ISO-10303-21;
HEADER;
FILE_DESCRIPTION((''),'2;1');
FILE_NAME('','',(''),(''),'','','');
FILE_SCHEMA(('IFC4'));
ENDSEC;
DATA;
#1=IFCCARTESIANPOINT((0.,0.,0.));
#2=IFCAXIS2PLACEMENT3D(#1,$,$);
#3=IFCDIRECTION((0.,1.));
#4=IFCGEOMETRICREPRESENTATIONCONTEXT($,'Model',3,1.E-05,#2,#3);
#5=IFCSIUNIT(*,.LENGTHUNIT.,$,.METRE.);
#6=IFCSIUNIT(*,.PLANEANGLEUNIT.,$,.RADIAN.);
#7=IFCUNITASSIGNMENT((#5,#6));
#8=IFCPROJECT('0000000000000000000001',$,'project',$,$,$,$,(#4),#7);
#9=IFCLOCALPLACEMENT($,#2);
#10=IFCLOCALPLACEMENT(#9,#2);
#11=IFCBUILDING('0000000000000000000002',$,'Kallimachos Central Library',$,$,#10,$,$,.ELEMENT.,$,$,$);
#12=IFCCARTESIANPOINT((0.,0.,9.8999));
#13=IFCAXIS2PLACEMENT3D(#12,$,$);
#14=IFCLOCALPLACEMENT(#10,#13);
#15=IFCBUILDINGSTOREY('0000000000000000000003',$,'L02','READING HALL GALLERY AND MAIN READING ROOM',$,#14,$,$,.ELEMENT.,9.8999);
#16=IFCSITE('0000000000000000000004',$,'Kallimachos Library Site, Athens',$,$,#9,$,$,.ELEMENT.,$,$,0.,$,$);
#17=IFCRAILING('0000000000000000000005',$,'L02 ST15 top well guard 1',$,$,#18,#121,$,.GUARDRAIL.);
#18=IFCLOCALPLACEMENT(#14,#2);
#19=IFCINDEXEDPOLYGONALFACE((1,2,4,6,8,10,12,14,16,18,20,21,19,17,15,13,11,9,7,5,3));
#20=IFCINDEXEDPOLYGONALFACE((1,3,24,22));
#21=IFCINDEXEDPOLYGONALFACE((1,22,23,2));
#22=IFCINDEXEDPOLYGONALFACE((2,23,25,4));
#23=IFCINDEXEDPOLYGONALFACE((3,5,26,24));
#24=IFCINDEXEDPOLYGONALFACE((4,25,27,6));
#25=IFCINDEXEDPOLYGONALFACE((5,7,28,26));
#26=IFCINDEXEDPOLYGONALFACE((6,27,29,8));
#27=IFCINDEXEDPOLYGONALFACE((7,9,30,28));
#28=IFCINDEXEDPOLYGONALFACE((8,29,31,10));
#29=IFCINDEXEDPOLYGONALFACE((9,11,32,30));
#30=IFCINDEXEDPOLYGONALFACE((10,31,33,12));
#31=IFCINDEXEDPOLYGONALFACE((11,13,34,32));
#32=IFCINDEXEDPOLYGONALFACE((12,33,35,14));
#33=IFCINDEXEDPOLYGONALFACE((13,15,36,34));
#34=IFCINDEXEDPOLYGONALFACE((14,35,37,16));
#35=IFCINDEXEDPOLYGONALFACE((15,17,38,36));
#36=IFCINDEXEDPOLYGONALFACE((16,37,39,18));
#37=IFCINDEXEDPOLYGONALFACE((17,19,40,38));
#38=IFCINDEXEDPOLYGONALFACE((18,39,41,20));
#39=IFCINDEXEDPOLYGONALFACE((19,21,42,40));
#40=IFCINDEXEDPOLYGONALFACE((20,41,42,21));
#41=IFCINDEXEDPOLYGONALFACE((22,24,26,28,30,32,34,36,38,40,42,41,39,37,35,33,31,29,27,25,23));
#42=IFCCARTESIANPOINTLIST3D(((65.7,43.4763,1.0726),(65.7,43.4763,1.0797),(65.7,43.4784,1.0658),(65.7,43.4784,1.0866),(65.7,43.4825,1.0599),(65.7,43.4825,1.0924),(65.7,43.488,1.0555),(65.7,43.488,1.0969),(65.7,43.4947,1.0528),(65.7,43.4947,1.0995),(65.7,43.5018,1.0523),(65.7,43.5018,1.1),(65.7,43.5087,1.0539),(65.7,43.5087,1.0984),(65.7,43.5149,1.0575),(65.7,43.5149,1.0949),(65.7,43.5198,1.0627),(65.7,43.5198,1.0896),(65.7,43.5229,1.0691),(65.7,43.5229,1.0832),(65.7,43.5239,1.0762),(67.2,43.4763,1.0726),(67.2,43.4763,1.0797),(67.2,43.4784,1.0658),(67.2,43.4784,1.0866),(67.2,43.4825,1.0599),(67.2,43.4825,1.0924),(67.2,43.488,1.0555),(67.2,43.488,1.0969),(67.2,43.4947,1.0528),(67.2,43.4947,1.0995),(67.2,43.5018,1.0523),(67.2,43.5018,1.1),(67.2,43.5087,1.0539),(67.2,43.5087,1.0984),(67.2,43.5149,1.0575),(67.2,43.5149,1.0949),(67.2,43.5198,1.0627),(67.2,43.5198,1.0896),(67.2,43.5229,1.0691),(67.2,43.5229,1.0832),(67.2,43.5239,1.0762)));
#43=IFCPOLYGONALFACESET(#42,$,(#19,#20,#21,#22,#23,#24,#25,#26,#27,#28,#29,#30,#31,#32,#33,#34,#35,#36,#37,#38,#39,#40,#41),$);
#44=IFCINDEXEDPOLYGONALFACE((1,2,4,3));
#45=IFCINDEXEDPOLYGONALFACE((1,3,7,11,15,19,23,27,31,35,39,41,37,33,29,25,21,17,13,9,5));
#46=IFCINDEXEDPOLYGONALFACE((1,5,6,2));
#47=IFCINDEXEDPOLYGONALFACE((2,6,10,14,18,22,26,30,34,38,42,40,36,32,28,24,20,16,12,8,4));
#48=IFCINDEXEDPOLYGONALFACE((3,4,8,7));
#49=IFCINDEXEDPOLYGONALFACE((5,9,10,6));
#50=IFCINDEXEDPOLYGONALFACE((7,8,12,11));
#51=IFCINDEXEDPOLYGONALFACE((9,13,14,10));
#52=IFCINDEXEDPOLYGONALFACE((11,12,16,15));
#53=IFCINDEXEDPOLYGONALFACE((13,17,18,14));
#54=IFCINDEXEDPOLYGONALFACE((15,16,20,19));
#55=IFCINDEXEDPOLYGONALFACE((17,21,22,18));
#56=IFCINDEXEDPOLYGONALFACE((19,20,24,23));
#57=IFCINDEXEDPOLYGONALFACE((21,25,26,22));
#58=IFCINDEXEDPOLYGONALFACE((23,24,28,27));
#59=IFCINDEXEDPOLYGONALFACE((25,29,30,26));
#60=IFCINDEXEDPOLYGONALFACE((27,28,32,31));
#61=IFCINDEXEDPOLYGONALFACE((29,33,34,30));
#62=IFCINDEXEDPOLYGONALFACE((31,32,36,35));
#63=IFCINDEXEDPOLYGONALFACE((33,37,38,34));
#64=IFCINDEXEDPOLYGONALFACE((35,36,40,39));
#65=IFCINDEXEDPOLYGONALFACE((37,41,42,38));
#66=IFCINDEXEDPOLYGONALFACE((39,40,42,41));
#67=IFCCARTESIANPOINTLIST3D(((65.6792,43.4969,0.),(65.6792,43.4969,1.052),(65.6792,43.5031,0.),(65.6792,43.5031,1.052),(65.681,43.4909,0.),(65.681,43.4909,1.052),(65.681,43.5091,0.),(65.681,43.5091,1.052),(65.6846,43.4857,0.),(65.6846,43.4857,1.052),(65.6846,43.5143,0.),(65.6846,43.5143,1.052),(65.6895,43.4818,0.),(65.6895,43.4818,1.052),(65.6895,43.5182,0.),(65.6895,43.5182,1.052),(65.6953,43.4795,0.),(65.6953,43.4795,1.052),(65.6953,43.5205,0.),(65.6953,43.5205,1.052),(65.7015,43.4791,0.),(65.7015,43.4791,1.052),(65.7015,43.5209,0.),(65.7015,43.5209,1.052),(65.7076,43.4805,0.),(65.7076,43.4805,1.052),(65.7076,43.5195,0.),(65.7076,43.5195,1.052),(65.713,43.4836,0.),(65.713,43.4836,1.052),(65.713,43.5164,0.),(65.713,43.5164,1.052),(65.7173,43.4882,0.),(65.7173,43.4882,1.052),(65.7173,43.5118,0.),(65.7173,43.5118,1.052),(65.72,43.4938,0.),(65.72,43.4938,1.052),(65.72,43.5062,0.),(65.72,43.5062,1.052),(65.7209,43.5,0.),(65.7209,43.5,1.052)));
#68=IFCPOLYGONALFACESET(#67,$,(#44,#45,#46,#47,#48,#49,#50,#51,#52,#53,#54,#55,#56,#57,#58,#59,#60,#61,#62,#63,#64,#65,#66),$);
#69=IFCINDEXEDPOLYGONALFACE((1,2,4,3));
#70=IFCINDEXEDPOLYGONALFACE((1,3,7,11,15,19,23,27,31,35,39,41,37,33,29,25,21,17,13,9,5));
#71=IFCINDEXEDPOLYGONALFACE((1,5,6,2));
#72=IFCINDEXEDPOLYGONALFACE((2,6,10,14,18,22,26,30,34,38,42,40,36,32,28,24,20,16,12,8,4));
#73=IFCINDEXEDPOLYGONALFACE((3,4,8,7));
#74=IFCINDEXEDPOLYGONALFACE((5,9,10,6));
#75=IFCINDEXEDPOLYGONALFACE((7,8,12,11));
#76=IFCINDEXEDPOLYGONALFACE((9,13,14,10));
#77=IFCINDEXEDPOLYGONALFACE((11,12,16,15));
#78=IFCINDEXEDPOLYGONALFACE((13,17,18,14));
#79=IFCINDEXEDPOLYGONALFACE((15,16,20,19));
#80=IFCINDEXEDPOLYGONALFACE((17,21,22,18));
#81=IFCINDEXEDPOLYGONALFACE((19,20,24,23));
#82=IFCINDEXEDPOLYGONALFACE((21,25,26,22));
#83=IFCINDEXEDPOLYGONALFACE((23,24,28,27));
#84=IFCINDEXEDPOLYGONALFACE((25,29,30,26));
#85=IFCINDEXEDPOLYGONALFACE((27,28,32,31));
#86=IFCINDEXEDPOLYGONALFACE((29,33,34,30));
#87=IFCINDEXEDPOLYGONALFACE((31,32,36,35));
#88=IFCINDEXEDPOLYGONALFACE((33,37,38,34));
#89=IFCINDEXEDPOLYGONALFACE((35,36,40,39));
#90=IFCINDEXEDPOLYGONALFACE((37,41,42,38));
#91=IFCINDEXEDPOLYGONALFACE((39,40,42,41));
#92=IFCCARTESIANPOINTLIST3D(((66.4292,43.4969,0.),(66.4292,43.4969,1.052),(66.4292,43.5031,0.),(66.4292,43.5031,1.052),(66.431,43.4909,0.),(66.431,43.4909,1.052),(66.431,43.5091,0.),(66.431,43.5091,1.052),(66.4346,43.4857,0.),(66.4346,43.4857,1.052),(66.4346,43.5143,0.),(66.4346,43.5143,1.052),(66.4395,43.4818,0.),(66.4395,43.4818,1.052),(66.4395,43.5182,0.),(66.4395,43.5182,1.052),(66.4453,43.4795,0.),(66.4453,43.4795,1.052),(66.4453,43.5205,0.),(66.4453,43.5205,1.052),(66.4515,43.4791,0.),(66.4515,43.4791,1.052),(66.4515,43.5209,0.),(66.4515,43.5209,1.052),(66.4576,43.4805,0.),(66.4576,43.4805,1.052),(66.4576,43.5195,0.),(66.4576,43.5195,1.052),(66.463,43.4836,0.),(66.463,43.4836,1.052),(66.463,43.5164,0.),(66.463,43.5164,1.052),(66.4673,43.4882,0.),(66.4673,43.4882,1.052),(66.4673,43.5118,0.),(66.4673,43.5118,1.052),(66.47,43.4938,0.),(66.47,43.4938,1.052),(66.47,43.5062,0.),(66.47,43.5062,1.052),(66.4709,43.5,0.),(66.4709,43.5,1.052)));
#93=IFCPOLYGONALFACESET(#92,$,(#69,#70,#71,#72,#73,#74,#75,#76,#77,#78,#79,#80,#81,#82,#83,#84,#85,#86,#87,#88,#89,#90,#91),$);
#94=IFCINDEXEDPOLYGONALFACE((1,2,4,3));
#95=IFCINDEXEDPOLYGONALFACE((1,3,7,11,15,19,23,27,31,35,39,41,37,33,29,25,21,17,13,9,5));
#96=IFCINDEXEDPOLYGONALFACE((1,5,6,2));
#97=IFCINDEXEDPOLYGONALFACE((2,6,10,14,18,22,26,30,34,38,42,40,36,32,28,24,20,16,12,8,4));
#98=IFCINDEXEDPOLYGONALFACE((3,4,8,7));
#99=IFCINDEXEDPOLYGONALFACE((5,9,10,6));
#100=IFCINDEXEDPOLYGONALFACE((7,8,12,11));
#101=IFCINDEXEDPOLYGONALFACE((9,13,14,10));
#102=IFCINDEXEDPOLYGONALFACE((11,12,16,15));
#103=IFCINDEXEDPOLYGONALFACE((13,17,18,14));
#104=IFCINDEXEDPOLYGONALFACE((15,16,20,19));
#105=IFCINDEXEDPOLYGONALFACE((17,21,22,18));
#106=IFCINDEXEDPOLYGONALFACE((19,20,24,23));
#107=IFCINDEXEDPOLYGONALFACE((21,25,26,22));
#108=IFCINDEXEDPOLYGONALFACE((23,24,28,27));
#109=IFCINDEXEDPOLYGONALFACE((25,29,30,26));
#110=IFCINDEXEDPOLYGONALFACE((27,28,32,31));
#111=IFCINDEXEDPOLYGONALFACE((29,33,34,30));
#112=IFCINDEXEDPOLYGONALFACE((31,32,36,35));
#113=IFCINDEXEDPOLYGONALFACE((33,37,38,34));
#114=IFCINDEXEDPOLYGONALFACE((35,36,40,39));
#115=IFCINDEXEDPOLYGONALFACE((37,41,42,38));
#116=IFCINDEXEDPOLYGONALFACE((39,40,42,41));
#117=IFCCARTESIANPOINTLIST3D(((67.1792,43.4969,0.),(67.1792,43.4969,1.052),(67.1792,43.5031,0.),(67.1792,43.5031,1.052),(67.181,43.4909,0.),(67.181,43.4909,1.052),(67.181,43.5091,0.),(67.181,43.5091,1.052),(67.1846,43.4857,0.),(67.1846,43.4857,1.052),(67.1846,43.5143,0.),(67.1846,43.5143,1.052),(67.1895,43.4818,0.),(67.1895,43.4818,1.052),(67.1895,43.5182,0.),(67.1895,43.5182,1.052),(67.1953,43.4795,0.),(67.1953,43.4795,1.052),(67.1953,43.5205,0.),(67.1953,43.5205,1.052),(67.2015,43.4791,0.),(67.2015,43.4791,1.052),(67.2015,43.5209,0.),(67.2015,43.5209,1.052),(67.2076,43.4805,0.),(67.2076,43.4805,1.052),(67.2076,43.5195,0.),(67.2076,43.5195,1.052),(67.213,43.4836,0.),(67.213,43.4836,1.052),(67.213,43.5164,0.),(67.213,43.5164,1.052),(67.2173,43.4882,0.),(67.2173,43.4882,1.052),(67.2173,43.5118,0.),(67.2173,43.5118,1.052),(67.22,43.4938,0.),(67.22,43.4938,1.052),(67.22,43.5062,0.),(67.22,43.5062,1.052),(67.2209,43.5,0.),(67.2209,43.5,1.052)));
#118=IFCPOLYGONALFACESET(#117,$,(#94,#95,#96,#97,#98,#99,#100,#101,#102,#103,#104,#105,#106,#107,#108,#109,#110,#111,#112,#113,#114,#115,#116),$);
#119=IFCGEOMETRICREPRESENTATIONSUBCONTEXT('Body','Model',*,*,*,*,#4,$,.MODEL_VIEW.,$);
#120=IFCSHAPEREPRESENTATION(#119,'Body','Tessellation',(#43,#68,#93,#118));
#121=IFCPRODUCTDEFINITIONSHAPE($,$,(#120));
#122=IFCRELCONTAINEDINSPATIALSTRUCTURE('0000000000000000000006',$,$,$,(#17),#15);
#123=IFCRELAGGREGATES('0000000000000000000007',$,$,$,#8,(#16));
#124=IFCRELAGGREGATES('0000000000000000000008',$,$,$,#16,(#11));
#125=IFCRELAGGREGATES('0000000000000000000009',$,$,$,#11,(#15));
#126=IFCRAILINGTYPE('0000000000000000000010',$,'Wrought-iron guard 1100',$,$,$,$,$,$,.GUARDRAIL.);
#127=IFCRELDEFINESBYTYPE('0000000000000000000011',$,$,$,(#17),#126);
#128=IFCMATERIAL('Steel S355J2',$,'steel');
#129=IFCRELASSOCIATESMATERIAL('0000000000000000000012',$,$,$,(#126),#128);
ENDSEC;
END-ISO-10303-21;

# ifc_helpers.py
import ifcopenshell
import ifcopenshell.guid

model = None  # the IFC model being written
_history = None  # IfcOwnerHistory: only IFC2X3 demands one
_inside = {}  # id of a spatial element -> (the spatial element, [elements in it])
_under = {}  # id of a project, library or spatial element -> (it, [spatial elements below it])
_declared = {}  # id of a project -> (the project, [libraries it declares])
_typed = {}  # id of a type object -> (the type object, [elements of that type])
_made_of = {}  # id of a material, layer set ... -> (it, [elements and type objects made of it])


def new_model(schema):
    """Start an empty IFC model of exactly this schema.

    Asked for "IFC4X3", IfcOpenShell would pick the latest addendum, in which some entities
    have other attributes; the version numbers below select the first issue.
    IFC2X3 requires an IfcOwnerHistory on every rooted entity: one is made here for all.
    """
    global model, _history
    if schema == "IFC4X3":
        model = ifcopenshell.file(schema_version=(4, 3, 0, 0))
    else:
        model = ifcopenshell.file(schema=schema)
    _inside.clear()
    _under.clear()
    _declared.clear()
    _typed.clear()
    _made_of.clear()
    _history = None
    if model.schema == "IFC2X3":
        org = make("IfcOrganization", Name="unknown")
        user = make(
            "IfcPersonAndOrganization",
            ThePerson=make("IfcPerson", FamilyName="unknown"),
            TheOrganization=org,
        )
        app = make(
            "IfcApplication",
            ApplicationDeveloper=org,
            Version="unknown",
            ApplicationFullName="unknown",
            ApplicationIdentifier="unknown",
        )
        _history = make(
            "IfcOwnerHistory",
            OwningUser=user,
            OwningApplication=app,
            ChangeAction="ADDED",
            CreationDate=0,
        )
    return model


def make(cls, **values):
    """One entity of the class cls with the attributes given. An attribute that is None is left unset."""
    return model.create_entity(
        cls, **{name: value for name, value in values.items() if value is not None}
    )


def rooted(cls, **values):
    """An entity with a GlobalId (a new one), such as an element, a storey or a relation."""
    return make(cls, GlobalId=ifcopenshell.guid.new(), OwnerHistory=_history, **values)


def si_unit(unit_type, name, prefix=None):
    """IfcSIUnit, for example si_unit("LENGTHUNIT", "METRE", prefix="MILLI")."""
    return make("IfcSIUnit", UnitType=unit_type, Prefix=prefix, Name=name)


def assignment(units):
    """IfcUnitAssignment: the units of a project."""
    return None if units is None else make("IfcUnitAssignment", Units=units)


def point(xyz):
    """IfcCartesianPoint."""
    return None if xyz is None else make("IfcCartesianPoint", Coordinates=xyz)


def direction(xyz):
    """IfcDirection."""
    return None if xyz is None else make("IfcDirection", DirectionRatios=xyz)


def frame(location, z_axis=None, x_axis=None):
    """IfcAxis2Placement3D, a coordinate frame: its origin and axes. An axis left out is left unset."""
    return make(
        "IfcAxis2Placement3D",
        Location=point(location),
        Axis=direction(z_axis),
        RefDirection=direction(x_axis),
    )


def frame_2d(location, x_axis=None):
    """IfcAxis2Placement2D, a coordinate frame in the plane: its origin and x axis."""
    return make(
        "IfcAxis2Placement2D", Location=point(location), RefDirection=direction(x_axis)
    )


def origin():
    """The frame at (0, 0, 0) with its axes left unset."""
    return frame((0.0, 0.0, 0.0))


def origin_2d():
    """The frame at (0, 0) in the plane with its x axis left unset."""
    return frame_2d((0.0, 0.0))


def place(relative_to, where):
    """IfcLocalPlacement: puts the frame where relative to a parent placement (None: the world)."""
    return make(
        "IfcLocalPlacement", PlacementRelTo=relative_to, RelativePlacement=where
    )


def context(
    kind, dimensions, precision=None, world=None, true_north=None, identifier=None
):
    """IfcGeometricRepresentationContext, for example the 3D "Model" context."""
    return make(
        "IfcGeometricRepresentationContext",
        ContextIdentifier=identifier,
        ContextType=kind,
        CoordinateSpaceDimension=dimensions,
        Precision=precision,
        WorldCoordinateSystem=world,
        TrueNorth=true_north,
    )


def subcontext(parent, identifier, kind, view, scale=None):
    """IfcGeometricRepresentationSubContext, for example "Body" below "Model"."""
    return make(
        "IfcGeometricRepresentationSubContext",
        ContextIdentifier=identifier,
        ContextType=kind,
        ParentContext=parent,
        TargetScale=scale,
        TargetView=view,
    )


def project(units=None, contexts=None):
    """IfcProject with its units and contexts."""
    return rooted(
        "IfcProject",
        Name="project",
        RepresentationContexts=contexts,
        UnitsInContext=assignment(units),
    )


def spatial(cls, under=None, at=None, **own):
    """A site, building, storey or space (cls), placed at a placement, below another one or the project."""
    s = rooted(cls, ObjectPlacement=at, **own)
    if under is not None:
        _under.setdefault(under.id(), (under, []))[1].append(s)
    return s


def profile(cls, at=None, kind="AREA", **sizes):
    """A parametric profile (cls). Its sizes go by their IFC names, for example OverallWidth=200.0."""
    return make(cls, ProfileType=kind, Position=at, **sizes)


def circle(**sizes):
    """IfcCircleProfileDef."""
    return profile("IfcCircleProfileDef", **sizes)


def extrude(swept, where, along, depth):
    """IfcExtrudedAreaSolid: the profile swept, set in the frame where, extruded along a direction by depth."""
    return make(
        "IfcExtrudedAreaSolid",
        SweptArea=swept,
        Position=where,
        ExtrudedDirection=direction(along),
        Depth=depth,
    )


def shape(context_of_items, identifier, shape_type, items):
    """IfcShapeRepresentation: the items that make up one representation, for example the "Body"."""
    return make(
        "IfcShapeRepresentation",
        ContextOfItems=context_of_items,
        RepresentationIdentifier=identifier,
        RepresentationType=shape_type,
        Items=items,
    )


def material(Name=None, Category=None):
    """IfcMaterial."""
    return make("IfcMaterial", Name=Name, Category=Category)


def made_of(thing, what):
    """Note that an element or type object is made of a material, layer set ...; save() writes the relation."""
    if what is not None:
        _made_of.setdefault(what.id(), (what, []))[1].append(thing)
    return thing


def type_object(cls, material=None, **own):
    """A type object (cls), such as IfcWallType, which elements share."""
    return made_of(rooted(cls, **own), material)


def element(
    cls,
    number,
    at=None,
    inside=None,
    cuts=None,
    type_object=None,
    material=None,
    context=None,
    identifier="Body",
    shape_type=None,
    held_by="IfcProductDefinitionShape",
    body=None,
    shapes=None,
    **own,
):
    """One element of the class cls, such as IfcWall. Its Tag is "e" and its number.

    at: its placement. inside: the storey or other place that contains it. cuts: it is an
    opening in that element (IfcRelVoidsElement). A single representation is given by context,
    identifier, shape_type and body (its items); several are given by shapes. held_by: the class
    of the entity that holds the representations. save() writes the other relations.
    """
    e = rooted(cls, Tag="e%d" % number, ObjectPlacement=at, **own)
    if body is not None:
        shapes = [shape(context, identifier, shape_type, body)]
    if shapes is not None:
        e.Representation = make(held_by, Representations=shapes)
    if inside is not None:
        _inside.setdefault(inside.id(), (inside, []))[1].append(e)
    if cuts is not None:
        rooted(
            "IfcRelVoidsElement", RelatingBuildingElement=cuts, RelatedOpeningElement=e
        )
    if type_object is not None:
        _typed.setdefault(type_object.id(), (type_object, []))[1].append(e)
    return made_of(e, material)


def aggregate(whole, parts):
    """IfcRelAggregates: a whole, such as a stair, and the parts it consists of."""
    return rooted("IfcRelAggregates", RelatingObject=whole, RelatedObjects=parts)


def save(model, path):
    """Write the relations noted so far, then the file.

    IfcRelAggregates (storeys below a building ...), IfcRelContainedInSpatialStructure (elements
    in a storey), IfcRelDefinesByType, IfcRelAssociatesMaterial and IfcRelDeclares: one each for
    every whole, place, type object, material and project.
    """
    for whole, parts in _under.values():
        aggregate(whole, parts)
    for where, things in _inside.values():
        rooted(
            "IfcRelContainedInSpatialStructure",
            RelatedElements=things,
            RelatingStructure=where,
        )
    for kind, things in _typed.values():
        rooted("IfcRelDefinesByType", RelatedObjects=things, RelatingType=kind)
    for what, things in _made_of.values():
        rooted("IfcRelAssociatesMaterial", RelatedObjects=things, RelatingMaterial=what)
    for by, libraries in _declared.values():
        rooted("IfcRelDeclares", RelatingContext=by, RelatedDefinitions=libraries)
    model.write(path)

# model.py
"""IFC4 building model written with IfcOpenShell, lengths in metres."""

from ifc_helpers import new_model, si_unit, direction, frame, origin, origin_2d, place, context, subcontext, project, spatial, circle, extrude, material, type_object, element, save


model = new_model("IFC4")

# Units and contexts
model_context = context("Model", 3, precision=1e-05, world=origin(), true_north=direction((0.0, 1.0)))
body_context = subcontext(model_context, "Body", "Model", "MODEL_VIEW")
ifc_project = project(units=[si_unit("LENGTHUNIT", "METRE"), si_unit("PLANEANGLEUNIT", "RADIAN")], contexts=[model_context])

# Site, building, storey
site_placement = place(None, origin())
site = spatial("IfcSite", under=ifc_project, at=site_placement, Name="Kallimachos Library Site, Athens", CompositionType="ELEMENT", RefElevation=0.0)
building_placement = place(site_placement, origin())
building = spatial("IfcBuilding", under=site, at=building_placement, Name="Kallimachos Central Library", CompositionType="ELEMENT")
storey_placement = place(building_placement, frame((0.0, 0.0, 9.8999)))
storey = spatial("IfcBuildingStorey", under=building, at=storey_placement, Name="L02", Description="READING HALL GALLERY AND MAIN READING ROOM", CompositionType="ELEMENT", Elevation=9.8999)

# Railing
ifc_material_1 = material(Name="Steel S355J2", Category="steel")
railing_type = type_object("IfcRailingType", Name="Wrought-iron guard 1100", PredefinedType="GUARDRAIL", material=ifc_material_1)
railing_placement = place(storey_placement, frame((65.7, 43.5, 0.0)))
element("IfcRailing", 1, at=railing_placement, inside=storey, type_object=railing_type, Name="L02 ST15 top well guard 1", PredefinedType="GUARDRAIL", context=body_context, shape_type="SweptSolid", body=[
    extrude(circle(Radius=0.0239, at=origin_2d()), frame((0.0, 0.0, 1.0762), z_axis=(1.0, 0.0, 0.0), x_axis=(0.0, 1.0, 0.0)), (0.0, 0.0, 1.0), 1.5),
    extrude(circle(Radius=0.021, at=origin_2d()), origin(), (0.0, 0.0, 1.0), 1.052),
    extrude(circle(Radius=0.021, at=origin_2d()), frame((0.75, 0.0, 0.0)), (0.0, 0.0, 1.0), 1.052),
    extrude(circle(Radius=0.021, at=origin_2d()), frame((1.5, 0.0, 0.0)), (0.0, 0.0, 1.0), 1.052),
])

save(model, "model.ifc")
